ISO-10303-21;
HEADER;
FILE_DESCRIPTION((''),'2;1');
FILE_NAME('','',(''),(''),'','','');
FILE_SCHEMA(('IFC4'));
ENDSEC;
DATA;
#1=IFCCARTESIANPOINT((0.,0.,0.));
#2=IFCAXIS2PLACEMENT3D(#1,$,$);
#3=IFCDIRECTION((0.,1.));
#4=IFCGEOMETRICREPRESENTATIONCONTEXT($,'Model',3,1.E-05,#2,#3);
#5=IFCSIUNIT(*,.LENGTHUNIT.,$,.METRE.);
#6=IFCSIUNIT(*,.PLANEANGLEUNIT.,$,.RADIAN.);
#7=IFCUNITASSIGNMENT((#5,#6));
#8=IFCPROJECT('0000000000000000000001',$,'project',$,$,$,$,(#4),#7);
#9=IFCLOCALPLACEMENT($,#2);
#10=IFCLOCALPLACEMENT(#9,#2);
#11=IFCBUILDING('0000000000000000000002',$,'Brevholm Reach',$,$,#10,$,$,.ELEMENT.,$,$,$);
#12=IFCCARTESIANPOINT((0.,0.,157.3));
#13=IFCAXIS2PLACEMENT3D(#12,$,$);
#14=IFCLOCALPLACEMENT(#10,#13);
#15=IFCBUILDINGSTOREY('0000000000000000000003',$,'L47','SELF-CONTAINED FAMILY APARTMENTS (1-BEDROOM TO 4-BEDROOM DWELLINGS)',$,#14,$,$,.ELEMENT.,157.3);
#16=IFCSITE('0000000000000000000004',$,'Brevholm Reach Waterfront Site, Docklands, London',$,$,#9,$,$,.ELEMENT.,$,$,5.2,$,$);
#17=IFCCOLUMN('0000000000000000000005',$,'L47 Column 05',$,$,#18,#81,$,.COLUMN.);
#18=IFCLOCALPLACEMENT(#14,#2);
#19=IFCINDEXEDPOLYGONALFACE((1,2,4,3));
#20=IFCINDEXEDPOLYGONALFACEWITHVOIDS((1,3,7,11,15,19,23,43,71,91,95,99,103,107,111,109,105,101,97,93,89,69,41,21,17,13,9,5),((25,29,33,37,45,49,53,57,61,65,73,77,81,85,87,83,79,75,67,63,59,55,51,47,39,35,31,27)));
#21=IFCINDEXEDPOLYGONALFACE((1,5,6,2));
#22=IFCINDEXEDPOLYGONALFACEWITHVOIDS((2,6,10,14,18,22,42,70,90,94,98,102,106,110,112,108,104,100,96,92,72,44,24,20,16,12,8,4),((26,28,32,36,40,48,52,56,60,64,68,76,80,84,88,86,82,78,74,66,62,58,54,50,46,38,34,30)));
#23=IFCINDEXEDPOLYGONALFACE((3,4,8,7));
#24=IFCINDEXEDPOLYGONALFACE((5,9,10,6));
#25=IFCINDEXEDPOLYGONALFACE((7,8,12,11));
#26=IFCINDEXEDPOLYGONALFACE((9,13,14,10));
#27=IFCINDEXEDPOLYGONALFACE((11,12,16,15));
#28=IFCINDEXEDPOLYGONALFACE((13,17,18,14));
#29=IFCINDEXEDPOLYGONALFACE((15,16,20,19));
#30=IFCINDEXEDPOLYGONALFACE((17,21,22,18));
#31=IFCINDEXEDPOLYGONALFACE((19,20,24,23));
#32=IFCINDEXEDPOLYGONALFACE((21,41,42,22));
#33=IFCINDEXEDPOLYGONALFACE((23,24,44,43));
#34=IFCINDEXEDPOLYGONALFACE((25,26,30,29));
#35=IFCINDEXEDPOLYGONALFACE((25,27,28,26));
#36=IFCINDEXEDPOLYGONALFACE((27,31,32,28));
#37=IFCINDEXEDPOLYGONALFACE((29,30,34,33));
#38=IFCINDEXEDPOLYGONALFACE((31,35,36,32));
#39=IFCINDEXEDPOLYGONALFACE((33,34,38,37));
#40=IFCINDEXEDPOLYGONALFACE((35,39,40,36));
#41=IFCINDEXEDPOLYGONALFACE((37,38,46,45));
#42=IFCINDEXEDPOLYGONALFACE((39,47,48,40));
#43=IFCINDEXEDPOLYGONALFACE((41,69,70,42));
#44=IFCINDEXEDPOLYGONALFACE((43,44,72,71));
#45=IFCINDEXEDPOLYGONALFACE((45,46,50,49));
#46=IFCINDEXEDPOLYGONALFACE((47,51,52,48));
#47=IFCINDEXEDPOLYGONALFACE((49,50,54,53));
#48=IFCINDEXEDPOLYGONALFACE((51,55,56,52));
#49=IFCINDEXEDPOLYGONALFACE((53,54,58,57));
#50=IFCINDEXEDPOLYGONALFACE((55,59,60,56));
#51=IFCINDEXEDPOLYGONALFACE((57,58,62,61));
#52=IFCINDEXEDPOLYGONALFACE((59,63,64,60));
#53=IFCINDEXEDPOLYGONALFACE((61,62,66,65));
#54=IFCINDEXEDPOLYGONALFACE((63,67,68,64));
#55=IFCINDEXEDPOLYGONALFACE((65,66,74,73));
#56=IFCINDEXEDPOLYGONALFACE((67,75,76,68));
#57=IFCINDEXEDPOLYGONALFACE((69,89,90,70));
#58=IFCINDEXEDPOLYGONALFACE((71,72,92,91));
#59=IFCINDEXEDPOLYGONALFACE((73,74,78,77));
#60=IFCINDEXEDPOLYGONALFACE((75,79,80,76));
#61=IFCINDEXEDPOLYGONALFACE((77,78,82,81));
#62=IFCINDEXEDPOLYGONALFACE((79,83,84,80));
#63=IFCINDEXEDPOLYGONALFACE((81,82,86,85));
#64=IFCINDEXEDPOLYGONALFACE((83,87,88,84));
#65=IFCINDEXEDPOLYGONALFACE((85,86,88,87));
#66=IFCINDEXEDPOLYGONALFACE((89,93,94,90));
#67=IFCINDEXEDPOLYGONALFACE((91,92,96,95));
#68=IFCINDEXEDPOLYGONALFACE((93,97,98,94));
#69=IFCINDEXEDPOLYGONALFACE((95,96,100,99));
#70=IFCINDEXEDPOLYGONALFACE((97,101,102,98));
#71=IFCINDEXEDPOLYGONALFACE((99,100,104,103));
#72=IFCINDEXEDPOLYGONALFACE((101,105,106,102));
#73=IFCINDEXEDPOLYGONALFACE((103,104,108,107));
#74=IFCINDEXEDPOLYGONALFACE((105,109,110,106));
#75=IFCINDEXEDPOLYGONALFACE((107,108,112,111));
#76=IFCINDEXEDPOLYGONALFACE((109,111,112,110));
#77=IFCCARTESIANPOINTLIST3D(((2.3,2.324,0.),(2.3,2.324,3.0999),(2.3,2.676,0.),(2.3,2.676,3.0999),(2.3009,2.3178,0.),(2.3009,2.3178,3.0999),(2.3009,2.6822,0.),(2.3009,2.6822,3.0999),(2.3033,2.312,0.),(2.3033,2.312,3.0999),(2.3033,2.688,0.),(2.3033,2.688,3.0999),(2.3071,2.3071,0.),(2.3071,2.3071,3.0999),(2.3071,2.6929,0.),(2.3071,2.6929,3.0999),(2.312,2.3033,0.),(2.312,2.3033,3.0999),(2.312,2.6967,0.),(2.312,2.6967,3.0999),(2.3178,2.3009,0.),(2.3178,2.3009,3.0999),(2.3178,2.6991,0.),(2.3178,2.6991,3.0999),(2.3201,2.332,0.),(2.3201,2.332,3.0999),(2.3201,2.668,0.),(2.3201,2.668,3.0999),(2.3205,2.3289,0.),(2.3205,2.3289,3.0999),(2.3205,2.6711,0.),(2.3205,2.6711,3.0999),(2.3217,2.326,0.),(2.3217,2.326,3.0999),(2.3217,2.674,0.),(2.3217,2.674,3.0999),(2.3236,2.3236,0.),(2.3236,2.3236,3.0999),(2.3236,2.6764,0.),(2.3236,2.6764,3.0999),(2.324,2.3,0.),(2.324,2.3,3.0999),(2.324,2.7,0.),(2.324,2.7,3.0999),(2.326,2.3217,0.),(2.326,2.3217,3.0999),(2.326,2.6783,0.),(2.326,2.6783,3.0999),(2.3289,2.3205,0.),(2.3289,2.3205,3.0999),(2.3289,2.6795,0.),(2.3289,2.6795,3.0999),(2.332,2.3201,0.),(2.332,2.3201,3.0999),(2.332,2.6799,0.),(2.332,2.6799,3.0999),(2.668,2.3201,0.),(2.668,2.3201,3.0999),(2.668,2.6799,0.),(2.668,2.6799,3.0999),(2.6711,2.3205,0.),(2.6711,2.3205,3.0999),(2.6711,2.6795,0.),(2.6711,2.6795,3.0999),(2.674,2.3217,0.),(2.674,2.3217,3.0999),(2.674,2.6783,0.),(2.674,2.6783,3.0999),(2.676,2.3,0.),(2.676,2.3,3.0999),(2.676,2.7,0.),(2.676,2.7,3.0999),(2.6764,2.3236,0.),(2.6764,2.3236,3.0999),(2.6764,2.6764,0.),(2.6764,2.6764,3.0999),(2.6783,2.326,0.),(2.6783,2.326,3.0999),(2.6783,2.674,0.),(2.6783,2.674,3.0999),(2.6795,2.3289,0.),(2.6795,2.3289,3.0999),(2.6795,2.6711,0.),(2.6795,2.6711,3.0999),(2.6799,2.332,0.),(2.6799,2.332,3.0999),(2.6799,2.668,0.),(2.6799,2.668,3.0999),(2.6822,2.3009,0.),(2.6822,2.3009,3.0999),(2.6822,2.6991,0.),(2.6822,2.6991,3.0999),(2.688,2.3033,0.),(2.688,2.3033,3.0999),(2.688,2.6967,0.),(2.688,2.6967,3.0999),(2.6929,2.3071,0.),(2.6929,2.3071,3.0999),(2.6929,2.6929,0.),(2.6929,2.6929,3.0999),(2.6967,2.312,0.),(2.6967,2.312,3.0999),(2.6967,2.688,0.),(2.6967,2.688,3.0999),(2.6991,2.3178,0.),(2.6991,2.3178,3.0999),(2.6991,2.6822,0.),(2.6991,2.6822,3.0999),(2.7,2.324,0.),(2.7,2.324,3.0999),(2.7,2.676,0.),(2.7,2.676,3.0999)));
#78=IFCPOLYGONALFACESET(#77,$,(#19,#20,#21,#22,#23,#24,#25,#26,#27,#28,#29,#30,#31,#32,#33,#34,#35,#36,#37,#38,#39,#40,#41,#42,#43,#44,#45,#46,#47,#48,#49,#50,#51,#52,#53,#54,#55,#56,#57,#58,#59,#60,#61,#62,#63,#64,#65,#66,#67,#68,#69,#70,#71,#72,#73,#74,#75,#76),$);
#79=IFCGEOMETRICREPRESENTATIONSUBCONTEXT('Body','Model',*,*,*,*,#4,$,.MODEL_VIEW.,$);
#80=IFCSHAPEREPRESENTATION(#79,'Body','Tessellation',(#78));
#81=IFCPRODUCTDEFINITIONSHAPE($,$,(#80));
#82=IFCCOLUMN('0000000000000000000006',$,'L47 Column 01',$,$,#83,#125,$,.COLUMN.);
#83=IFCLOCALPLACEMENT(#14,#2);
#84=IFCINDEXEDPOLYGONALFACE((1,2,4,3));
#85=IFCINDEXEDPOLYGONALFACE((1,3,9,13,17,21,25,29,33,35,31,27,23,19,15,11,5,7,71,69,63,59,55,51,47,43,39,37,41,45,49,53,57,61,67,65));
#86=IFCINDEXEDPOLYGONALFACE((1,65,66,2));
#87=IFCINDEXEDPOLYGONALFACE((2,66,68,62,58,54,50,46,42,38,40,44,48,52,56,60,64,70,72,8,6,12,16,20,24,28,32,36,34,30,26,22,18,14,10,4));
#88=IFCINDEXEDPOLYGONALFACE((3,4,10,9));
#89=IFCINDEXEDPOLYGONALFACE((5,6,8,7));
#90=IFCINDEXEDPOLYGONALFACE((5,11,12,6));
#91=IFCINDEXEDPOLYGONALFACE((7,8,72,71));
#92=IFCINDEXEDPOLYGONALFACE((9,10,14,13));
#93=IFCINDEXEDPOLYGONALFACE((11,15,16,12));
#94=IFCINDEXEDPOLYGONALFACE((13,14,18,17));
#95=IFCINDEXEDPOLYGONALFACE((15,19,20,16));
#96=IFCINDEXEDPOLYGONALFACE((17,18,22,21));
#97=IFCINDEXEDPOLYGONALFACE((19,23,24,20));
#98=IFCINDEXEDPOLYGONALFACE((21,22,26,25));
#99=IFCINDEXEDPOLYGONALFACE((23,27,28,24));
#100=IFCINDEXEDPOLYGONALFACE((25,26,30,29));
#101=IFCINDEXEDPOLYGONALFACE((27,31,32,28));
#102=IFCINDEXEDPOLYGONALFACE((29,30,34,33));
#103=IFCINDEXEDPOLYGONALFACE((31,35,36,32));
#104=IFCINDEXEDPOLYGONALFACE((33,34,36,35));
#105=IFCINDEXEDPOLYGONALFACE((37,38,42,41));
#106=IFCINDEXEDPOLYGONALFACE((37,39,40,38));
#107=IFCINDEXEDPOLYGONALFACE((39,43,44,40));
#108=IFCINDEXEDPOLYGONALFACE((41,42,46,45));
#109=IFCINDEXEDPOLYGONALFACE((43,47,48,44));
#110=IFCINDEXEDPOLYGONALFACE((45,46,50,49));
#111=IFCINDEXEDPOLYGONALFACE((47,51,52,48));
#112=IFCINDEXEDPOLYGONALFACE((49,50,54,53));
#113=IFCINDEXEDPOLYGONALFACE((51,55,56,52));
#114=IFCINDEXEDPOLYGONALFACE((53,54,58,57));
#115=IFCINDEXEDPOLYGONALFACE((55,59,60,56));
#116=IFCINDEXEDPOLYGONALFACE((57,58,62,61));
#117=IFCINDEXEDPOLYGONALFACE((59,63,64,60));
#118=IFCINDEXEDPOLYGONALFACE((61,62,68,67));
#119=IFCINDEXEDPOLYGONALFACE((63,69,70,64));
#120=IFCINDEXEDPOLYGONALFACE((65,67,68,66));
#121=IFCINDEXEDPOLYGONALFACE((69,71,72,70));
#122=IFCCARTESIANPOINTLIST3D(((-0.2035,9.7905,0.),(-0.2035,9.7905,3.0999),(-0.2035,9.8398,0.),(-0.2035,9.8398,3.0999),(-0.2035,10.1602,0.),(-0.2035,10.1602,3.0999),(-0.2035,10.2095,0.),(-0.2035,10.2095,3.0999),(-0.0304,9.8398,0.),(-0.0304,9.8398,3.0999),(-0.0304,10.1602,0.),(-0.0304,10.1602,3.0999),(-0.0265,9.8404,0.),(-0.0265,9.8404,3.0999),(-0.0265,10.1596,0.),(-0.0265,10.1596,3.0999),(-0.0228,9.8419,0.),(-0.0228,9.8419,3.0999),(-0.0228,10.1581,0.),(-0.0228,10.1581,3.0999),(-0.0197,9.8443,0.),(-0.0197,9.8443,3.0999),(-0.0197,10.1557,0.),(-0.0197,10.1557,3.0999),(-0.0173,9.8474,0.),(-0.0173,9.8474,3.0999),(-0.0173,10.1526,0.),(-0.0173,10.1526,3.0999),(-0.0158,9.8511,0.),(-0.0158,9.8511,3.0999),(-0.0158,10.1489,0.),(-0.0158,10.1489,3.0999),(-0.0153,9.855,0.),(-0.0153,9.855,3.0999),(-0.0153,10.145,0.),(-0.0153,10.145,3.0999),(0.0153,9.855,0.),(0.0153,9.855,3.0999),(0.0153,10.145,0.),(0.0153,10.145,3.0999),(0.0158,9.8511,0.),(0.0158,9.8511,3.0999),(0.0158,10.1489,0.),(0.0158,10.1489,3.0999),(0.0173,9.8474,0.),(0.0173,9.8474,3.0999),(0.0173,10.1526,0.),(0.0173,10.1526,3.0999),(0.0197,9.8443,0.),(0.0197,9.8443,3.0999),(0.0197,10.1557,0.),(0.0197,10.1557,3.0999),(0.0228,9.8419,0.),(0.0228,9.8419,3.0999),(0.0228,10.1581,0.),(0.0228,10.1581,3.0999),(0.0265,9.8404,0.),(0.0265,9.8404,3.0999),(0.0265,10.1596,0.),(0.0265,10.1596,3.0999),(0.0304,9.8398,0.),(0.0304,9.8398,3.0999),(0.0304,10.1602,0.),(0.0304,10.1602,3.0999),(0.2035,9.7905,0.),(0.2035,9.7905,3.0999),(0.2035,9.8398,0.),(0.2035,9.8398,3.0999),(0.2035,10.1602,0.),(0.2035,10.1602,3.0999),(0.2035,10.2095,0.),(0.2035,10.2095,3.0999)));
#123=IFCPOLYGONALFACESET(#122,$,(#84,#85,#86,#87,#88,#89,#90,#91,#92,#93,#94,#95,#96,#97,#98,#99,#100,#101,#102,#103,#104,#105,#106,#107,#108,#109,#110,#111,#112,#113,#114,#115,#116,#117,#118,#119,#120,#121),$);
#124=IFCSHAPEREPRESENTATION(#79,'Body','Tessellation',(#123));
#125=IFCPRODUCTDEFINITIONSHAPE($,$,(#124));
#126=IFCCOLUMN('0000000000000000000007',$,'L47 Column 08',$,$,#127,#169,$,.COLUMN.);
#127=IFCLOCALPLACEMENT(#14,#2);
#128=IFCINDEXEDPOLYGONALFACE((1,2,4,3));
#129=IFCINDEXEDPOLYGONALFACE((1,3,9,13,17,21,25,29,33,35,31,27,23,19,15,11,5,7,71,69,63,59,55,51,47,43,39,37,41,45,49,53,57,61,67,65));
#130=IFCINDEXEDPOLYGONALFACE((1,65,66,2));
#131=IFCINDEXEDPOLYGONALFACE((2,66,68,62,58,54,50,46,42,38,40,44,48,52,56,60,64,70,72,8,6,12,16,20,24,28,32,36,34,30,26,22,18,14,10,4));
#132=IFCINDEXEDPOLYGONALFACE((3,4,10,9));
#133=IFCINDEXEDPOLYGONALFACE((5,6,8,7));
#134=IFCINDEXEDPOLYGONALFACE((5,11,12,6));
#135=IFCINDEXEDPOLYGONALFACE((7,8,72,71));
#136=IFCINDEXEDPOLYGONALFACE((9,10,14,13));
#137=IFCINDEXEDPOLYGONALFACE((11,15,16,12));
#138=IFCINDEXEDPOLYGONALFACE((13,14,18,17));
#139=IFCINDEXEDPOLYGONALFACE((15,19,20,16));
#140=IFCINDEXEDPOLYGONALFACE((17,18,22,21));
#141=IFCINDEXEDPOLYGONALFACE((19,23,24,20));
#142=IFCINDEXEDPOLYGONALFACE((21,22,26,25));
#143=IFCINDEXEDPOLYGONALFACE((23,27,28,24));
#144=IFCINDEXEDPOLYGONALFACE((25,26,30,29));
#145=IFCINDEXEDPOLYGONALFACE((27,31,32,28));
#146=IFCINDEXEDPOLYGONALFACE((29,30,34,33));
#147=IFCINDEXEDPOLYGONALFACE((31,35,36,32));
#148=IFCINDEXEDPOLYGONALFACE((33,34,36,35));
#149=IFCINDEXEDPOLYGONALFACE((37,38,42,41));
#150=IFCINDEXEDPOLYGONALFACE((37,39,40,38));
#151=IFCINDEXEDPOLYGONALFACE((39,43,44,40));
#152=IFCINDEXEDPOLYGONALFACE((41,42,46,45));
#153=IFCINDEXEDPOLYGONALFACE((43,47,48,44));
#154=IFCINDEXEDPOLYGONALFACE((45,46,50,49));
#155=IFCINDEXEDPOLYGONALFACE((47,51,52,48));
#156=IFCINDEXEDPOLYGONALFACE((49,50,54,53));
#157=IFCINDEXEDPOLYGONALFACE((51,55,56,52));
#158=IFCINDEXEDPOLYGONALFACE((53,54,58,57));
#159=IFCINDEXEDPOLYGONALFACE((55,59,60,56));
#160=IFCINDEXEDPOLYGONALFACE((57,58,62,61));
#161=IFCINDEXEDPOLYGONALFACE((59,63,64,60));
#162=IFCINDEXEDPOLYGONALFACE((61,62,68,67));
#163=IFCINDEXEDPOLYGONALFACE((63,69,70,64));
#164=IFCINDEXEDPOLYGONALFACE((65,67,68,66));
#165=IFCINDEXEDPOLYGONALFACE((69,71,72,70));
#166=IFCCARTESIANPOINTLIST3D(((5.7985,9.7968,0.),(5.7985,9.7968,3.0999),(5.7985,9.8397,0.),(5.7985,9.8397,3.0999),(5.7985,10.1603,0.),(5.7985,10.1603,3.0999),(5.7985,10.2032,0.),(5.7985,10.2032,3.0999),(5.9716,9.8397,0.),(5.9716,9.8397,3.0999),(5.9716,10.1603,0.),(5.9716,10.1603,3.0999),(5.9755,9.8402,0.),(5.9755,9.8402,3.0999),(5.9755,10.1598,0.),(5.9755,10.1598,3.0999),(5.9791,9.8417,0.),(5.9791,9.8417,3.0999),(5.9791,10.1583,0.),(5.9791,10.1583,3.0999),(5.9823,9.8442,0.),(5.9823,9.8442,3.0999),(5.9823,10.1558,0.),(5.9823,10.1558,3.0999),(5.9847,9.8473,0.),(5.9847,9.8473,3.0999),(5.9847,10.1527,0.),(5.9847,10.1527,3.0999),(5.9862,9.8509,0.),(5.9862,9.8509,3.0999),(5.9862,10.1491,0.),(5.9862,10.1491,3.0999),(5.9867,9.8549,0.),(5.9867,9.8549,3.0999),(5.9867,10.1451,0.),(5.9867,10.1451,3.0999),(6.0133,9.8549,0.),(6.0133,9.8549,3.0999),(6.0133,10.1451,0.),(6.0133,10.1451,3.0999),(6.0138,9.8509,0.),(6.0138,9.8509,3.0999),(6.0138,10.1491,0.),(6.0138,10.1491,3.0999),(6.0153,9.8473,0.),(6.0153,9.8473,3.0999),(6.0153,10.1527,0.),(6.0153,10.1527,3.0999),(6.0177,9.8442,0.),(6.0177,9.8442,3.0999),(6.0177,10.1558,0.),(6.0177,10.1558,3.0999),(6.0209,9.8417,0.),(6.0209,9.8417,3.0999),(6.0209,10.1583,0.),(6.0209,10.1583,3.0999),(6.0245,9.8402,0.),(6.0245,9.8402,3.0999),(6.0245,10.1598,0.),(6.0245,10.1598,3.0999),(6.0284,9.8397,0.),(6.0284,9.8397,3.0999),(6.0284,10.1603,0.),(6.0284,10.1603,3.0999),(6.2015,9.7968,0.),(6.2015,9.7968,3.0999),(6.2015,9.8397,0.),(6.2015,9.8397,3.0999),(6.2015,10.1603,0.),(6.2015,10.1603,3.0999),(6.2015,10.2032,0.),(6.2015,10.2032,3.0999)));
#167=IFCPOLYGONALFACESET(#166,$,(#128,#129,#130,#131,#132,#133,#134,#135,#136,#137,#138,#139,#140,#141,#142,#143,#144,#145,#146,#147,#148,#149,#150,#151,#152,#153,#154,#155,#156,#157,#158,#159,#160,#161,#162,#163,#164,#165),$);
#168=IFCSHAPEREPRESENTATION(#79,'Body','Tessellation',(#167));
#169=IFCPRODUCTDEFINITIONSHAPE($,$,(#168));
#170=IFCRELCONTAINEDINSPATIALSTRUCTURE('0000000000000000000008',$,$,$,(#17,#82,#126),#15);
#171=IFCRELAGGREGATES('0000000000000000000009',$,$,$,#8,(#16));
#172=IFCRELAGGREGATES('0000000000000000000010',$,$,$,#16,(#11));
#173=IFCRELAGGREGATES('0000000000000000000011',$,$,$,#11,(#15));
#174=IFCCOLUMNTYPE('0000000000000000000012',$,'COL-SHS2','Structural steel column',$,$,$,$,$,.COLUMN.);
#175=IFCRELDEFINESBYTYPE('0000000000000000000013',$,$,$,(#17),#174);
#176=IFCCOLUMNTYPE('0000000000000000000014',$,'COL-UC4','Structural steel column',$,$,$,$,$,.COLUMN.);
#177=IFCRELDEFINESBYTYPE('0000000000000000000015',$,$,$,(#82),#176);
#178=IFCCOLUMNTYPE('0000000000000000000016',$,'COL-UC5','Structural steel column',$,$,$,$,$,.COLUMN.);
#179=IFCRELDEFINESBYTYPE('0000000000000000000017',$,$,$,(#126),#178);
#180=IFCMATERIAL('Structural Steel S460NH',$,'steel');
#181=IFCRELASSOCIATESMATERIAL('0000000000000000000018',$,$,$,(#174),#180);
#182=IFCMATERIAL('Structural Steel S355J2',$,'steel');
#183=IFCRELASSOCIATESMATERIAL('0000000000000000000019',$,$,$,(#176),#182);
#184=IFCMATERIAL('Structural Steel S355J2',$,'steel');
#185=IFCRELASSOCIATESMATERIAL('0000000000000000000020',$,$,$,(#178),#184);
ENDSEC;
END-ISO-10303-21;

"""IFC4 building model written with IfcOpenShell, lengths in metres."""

from ifc_helpers import new_model, si_unit, direction, frame, origin, origin_2d, place, context, subcontext, project, spatial, hollow_rectangle, i_section, extrude, material, material_profile, profile_set, type_object, element, save


model = new_model("IFC4")

# Units and contexts
model_context = context("Model", 3, precision=1e-05, world=origin(), true_north=direction((0.0, 1.0)))
body_context = subcontext(model_context, "Body", "Model", "MODEL_VIEW")
ifc_project = project(units=[si_unit("LENGTHUNIT", "METRE"), si_unit("PLANEANGLEUNIT", "RADIAN")], contexts=[model_context])

# Site, building, storey
site_placement = place(None, origin())
site = spatial("IfcSite", under=ifc_project, at=site_placement, Name="Brevholm Reach Waterfront Site, Docklands, London", CompositionType="ELEMENT", RefElevation=5.2)
building_placement = place(site_placement, origin())
building = spatial("IfcBuilding", under=site, at=building_placement, Name="Brevholm Reach", CompositionType="ELEMENT")
storey_placement = place(building_placement, frame((0.0, 0.0, 157.3)))
storey = spatial("IfcBuildingStorey", under=building, at=storey_placement, Name="L47", Description="SELF-CONTAINED FAMILY APARTMENTS (1-BEDROOM TO 4-BEDROOM DWELLINGS)", CompositionType="ELEMENT", Elevation=157.3)

# Columns
ifc_material_1 = material(Name="Structural Steel S460NH", Category="steel")
ifc_material_profile_1 = material_profile(ifc_material_1, hollow_rectangle(XDim=0.3999, YDim=0.3999, WallThickness=0.02, InnerFilletRadius=0.012, OuterFilletRadius=0.0239, at=origin_2d()), Name="SHS 400x400x20")
ifc_profile_set_1 = profile_set([ifc_material_profile_1], Name="Structural Steel S460NH")
column_type_1 = type_object("IfcColumnType", Name="COL-SHS2", Description="Structural steel column", PredefinedType="COLUMN", material=ifc_profile_set_1)
column_1_placement = place(storey_placement, frame((2.5, 2.5, 0.0), z_axis=(0.0, 0.0, 1.0), x_axis=(1.0, 0.0, 0.0)))
element("IfcColumn", 1, at=column_1_placement, inside=storey, type_object=column_type_1, Name="L47 Column 05", PredefinedType="COLUMN", context=body_context, shape_type="SweptSolid", body=[
    extrude(hollow_rectangle(XDim=0.3999, YDim=0.3999, WallThickness=0.02, InnerFilletRadius=0.012, OuterFilletRadius=0.0239, at=origin_2d()), origin(), (0.0, 0.0, 1.0), 3.0999),
])
ifc_material_2 = material(Name="Structural Steel S355J2", Category="steel")
ifc_material_profile_2 = material_profile(ifc_material_2, i_section(OverallWidth=0.407, OverallDepth=0.4189, WebThickness=0.0305, FlangeThickness=0.0493, FilletRadius=0.0151, at=origin_2d()), Name="UKC 356x406x393")
ifc_profile_set_2 = profile_set([ifc_material_profile_2], Name="Structural Steel S355J2")
column_type_2 = type_object("IfcColumnType", Name="COL-UC4", Description="Structural steel column", PredefinedType="COLUMN", material=ifc_profile_set_2)
column_2_placement = place(storey_placement, frame((0.0, 10.0, 0.0), z_axis=(0.0, 0.0, 1.0), x_axis=(1.0, 0.0, 0.0)))
element("IfcColumn", 2, at=column_2_placement, inside=storey, type_object=column_type_2, Name="L47 Column 01", PredefinedType="COLUMN", context=body_context, shape_type="SweptSolid", body=[
    extrude(i_section(OverallWidth=0.407, OverallDepth=0.4189, WebThickness=0.0305, FlangeThickness=0.0493, FilletRadius=0.0151, at=origin_2d()), origin(), (0.0, 0.0, 1.0), 3.0999),
])
ifc_material_3 = material(Name="Structural Steel S355J2", Category="steel")
ifc_material_profile_3 = material_profile(ifc_material_3, i_section(OverallWidth=0.4031, OverallDepth=0.4065, WebThickness=0.0266, FlangeThickness=0.043, FilletRadius=0.0151, at=origin_2d()), Name="UKC 356x406x340")
ifc_profile_set_3 = profile_set([ifc_material_profile_3], Name="Structural Steel S355J2")
column_type_3 = type_object("IfcColumnType", Name="COL-UC5", Description="Structural steel column", PredefinedType="COLUMN", material=ifc_profile_set_3)
column_3_placement = place(storey_placement, frame((6.0, 10.0, 0.0), z_axis=(0.0, 0.0, 1.0), x_axis=(1.0, 0.0, 0.0)))
element("IfcColumn", 3, at=column_3_placement, inside=storey, type_object=column_type_3, Name="L47 Column 08", PredefinedType="COLUMN", context=body_context, shape_type="SweptSolid", body=[
    extrude(i_section(OverallWidth=0.4031, OverallDepth=0.4065, WebThickness=0.0266, FlangeThickness=0.043, FilletRadius=0.0151, at=origin_2d()), origin(), (0.0, 0.0, 1.0), 3.0999),
])

save(model, "model.ifc")
